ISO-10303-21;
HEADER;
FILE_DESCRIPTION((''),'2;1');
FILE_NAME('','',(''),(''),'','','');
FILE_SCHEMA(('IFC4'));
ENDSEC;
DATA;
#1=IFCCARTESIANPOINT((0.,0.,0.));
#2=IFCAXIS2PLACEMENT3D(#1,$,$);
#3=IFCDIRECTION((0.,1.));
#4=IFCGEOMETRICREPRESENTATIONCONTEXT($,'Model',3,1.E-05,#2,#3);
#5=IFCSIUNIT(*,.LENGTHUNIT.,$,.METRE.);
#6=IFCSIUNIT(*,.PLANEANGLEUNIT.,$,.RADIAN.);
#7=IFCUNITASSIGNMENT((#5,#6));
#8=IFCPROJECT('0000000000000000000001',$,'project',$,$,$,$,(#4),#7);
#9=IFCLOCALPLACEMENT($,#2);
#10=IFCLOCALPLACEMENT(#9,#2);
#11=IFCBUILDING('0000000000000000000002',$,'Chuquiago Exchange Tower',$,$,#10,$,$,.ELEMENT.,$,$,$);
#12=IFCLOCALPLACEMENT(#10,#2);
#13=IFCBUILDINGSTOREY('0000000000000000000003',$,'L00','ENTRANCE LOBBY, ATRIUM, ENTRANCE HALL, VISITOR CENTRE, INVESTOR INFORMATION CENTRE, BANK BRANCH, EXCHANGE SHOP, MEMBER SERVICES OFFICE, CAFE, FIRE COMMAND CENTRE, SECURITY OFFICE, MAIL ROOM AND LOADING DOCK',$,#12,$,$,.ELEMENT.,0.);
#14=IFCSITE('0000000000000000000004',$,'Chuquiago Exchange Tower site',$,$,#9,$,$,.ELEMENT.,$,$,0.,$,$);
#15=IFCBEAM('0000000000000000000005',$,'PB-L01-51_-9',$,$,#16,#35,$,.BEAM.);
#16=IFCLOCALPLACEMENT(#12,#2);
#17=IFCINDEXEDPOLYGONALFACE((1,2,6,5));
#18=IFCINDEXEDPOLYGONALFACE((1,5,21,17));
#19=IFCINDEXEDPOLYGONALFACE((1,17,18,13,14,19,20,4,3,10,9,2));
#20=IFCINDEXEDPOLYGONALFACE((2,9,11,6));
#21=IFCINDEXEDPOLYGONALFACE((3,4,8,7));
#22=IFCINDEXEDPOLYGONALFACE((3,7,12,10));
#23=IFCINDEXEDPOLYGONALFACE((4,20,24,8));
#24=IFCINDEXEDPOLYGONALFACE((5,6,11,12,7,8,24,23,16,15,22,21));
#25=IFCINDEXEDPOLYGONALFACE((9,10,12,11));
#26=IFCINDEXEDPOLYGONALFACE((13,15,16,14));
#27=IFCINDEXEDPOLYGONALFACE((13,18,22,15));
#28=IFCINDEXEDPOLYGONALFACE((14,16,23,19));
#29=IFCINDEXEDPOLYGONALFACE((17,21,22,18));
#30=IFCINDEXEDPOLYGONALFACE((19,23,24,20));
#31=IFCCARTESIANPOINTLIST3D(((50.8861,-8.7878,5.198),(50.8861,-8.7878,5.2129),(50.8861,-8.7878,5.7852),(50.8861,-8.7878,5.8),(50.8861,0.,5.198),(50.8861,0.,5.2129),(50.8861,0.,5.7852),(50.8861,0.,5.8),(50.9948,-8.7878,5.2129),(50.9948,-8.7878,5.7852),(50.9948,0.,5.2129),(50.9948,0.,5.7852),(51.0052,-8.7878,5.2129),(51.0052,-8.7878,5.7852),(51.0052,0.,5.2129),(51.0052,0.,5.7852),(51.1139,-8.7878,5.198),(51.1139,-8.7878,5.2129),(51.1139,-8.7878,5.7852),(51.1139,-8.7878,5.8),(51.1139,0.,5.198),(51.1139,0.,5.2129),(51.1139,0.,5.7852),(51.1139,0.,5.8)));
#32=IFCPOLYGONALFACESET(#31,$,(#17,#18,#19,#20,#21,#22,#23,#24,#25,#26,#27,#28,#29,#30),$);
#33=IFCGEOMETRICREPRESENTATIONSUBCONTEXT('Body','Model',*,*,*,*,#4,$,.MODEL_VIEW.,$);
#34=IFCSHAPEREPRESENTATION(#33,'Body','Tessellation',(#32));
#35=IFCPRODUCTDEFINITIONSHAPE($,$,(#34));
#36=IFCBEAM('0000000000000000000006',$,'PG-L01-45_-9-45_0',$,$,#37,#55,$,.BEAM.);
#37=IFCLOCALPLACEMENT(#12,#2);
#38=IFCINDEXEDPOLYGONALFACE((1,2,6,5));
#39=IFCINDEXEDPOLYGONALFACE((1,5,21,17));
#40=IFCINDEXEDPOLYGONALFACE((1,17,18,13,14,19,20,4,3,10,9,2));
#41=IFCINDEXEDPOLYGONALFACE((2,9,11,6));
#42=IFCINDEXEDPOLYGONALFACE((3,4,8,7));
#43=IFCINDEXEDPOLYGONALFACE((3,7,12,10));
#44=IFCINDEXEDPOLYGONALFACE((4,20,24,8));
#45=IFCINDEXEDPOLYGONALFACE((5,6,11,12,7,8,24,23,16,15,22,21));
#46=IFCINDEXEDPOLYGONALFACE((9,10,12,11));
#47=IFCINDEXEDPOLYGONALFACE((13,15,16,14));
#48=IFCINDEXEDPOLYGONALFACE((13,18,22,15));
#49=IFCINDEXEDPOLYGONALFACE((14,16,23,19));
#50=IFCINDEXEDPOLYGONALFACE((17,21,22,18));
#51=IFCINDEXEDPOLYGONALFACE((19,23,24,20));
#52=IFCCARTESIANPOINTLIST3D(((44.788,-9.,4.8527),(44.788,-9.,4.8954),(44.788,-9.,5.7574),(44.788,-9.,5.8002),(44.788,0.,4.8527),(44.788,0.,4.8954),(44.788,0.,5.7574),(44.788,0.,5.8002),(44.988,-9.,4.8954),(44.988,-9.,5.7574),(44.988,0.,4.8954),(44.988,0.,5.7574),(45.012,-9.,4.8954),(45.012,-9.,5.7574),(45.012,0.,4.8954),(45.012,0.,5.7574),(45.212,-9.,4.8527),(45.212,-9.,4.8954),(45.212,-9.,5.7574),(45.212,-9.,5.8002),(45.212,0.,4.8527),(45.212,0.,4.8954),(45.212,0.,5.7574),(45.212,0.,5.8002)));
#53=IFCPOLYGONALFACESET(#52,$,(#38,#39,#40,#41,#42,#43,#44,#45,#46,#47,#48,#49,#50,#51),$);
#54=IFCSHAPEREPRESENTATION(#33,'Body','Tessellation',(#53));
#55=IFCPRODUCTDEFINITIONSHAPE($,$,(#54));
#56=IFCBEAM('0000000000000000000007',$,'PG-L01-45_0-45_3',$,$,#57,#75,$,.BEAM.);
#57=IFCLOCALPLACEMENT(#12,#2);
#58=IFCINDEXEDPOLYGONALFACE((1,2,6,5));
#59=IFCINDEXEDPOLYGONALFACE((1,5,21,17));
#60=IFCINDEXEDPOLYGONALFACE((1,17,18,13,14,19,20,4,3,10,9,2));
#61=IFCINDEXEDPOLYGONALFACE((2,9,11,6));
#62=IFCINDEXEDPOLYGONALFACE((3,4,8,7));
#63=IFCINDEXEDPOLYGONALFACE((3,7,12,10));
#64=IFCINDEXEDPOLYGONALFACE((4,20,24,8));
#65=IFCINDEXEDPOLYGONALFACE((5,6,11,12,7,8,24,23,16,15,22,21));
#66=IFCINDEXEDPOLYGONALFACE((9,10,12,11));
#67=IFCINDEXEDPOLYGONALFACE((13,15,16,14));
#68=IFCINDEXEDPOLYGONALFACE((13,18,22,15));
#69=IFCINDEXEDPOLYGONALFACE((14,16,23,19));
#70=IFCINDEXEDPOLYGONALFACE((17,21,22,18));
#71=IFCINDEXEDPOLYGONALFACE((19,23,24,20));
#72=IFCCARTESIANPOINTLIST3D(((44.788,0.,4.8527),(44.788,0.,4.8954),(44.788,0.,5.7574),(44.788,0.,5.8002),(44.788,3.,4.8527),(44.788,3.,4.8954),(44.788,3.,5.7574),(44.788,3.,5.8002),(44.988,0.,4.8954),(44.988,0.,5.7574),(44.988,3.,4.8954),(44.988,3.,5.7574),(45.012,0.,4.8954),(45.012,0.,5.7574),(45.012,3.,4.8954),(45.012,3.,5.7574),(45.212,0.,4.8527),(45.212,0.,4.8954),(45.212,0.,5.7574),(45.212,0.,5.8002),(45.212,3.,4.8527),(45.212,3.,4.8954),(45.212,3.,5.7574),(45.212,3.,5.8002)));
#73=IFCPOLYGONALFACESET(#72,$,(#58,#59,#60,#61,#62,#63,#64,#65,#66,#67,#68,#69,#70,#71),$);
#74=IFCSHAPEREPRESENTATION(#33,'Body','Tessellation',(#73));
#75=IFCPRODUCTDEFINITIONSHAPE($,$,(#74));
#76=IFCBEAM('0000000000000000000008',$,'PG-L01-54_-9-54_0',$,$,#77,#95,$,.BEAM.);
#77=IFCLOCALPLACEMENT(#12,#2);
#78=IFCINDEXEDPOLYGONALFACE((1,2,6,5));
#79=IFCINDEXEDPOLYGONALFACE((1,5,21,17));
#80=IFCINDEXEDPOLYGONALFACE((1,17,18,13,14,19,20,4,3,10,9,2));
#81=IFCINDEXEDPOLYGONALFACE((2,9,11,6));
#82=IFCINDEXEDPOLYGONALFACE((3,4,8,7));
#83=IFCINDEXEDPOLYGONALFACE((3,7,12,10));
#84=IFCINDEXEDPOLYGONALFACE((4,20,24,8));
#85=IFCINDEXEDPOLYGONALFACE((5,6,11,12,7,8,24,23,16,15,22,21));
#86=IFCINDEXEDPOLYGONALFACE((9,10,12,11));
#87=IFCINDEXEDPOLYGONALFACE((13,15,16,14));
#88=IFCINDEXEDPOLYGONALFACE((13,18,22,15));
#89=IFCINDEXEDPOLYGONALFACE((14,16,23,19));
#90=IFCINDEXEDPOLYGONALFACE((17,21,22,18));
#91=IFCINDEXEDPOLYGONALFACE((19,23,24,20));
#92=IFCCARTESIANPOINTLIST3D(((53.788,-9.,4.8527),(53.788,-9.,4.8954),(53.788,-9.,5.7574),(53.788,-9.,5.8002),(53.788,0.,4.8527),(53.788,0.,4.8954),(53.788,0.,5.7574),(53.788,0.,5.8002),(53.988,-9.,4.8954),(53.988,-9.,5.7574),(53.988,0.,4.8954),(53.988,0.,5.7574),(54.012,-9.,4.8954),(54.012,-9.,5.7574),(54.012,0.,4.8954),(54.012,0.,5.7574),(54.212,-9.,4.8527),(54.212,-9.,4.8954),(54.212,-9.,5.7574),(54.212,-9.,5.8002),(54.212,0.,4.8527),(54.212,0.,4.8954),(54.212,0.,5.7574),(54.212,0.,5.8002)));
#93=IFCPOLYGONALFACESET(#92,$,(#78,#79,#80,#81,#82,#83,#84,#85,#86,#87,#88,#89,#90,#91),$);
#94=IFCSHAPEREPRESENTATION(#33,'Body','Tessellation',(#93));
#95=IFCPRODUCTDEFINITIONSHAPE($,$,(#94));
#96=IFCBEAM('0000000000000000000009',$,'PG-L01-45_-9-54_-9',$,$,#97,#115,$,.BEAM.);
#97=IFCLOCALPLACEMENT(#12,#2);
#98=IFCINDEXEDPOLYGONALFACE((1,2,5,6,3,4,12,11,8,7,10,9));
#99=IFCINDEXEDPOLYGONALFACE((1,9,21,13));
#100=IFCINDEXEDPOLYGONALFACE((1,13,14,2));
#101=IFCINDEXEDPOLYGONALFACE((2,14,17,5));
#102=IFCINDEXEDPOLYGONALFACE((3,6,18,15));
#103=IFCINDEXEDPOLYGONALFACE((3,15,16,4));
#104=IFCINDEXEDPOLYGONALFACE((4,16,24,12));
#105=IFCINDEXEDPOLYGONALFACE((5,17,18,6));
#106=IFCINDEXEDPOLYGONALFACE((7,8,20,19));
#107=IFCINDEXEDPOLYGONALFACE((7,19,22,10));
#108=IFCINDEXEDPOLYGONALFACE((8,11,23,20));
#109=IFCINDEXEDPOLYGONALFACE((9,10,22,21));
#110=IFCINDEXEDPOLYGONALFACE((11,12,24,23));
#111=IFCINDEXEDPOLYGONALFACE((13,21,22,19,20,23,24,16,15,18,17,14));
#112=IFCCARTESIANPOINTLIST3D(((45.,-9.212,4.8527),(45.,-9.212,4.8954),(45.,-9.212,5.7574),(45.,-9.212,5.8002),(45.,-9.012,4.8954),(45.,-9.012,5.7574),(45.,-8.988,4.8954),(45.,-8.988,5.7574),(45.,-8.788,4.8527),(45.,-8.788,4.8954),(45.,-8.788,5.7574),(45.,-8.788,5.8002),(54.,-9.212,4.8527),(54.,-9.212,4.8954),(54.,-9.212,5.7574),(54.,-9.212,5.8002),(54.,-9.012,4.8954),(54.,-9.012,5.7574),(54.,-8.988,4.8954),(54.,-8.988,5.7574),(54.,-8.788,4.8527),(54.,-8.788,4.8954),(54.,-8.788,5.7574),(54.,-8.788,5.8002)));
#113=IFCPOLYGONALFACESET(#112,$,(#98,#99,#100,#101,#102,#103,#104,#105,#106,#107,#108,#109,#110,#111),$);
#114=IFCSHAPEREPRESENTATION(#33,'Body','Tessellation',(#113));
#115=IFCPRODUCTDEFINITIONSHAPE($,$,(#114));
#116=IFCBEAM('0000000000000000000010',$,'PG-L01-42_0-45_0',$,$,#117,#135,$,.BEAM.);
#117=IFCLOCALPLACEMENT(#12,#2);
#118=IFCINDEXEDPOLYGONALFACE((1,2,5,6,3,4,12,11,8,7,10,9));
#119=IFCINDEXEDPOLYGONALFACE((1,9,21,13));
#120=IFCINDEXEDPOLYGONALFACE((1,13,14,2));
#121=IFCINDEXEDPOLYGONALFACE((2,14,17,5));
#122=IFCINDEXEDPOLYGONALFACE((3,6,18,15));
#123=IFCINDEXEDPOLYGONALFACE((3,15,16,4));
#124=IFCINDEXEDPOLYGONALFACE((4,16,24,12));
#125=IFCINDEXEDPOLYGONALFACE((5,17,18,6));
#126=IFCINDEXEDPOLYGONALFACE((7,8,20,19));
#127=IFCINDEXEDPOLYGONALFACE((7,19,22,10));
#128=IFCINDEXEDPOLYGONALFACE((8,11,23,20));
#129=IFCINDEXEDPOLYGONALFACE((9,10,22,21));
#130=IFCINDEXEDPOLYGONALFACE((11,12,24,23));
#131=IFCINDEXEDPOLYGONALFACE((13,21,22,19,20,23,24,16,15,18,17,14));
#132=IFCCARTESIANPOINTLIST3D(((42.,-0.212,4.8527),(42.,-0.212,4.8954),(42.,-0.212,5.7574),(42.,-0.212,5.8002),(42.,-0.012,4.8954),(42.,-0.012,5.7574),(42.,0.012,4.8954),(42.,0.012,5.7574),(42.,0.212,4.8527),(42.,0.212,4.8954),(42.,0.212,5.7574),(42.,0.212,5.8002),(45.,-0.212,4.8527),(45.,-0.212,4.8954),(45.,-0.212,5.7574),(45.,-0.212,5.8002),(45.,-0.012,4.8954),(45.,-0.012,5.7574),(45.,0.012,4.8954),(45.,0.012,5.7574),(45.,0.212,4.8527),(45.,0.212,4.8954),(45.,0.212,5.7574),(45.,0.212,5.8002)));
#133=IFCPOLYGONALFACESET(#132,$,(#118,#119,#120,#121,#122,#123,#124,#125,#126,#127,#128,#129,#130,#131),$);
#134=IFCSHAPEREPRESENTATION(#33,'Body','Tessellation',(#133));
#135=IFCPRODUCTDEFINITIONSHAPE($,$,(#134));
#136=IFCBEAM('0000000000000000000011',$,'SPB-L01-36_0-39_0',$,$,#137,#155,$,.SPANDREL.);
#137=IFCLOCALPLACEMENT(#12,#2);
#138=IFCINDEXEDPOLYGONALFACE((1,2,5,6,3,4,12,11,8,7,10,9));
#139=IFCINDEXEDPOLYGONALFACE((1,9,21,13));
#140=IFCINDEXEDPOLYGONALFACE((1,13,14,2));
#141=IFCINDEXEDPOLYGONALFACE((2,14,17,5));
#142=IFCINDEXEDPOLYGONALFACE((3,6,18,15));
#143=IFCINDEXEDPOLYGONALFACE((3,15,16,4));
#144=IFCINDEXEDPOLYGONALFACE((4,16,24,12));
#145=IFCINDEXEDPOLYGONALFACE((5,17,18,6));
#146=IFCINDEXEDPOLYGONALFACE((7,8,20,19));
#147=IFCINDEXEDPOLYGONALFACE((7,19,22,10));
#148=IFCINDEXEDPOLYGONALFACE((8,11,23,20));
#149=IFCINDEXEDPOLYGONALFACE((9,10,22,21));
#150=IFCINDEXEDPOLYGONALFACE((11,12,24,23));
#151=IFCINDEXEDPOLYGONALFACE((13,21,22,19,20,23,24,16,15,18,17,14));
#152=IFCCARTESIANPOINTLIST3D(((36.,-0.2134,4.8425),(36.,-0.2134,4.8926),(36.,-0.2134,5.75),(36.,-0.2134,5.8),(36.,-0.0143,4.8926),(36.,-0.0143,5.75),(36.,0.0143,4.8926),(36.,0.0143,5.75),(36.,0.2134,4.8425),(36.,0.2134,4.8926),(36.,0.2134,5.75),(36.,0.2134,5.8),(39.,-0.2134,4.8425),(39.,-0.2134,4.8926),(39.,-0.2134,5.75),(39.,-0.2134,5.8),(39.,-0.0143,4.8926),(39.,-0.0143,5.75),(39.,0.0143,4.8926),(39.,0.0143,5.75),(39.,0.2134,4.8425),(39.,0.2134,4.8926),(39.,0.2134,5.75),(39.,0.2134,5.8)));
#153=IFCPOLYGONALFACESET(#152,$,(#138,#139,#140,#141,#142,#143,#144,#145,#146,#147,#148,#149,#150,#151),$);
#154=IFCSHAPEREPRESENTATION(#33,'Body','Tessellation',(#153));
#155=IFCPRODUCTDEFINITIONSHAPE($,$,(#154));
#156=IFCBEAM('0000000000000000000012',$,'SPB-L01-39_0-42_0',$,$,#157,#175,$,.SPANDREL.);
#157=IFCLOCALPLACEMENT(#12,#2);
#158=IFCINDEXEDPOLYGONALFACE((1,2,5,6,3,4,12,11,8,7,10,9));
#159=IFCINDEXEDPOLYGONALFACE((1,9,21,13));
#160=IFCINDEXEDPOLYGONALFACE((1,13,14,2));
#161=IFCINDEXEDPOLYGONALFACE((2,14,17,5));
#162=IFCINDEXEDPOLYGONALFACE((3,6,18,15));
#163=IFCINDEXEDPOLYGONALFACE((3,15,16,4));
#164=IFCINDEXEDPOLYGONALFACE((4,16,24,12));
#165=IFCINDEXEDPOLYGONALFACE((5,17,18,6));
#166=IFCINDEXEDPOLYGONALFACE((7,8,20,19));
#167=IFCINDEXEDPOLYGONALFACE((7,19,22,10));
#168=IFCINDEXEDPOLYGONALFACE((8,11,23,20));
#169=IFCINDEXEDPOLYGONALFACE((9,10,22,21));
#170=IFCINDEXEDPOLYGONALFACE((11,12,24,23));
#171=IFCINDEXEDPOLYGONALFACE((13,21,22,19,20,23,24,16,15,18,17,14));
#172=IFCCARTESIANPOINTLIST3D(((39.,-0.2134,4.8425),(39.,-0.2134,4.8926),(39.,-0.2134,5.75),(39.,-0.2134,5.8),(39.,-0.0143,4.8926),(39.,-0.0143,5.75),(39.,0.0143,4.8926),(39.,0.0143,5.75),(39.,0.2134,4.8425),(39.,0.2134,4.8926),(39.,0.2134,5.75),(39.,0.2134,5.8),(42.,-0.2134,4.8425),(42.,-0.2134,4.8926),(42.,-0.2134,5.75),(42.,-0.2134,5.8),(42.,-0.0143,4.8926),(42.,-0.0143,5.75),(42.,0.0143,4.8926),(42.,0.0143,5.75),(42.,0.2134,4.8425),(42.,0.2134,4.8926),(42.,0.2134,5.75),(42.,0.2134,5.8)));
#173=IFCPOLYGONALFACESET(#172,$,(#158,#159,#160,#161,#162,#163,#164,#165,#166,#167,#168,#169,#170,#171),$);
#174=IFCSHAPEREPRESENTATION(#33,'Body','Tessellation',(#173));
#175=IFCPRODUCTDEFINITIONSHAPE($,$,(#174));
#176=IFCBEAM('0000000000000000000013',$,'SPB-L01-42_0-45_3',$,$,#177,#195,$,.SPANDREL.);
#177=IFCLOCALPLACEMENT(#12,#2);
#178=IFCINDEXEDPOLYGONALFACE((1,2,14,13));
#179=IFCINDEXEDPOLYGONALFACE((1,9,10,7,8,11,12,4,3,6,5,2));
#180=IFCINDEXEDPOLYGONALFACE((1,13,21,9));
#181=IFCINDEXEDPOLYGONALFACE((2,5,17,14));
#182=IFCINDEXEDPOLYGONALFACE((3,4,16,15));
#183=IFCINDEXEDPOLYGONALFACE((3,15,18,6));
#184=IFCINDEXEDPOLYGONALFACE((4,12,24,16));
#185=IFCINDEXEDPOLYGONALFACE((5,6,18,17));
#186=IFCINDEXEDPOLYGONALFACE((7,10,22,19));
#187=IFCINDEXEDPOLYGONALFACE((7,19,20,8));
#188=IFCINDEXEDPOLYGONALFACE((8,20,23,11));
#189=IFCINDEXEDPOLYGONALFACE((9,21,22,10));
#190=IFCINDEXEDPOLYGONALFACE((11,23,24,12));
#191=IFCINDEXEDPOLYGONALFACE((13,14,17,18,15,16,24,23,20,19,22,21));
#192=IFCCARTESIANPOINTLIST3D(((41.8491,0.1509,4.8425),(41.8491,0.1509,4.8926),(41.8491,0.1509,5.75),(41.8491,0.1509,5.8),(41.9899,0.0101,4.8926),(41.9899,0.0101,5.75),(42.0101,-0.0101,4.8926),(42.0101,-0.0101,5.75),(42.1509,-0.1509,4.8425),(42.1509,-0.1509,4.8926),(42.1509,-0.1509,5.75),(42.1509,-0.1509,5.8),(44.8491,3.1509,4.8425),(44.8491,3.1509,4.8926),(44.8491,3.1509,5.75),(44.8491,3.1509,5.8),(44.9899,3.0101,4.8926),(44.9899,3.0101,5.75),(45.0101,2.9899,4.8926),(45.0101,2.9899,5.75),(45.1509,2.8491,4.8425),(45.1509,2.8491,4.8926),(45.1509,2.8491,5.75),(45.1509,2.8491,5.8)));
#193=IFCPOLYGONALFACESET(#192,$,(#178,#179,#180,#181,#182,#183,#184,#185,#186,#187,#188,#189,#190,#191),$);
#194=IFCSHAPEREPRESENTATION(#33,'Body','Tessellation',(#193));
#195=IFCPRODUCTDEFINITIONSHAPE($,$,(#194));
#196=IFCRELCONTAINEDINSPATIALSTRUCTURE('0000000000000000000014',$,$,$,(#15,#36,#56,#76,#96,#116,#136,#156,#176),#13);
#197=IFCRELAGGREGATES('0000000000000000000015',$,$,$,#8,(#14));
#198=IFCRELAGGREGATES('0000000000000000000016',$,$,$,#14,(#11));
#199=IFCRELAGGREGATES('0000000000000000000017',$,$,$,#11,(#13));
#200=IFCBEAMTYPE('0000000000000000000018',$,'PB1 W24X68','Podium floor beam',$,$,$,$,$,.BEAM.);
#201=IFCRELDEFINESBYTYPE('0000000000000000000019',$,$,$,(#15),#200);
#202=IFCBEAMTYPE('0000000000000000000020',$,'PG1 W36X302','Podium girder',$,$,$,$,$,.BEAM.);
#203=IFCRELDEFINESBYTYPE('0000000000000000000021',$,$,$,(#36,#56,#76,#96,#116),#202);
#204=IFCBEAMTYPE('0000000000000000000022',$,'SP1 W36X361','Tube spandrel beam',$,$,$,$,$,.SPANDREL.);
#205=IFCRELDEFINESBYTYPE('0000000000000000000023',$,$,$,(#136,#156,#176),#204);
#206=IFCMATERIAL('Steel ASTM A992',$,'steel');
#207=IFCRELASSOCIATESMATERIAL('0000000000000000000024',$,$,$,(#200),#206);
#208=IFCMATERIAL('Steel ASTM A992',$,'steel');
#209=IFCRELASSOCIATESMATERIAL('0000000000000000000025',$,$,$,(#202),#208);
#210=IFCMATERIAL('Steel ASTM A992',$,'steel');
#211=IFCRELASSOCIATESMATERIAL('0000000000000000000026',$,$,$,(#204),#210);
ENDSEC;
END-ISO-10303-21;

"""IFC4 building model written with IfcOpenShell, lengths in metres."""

from ifc_helpers import new_model, si_unit, direction, frame, origin, origin_2d, place, context, subcontext, project, spatial, i_section, extrude, material, material_profile, profile_set, type_object, element, save


model = new_model("IFC4")

# Units and contexts
model_context = context("Model", 3, precision=1e-05, world=origin(), true_north=direction((0.0, 1.0)))
body_context = subcontext(model_context, "Body", "Model", "MODEL_VIEW")
ifc_project = project(units=[si_unit("LENGTHUNIT", "METRE"), si_unit("PLANEANGLEUNIT", "RADIAN")], contexts=[model_context])

# Site, building, storey
site_placement = place(None, origin())
site = spatial("IfcSite", under=ifc_project, at=site_placement, Name="Chuquiago Exchange Tower site", CompositionType="ELEMENT", RefElevation=0.0)
building_placement = place(site_placement, origin())
building = spatial("IfcBuilding", under=site, at=building_placement, Name="Chuquiago Exchange Tower", CompositionType="ELEMENT")
storey_placement = place(building_placement, origin())
storey = spatial("IfcBuildingStorey", under=building, at=storey_placement, Name="L00", Description="ENTRANCE LOBBY, ATRIUM, ENTRANCE HALL, VISITOR CENTRE, INVESTOR INFORMATION CENTRE, BANK BRANCH, EXCHANGE SHOP, MEMBER SERVICES OFFICE, CAFE, FIRE COMMAND CENTRE, SECURITY OFFICE, MAIL ROOM AND LOADING DOCK", CompositionType="ELEMENT", Elevation=0.0)

# Beams
ifc_material_1 = material(Name="Steel ASTM A992", Category="steel")
ifc_material_profile_1 = material_profile(ifc_material_1, i_section(OverallWidth=0.2278, OverallDepth=0.6021, WebThickness=0.0105, FlangeThickness=0.0149, at=origin_2d()), Name="W24X68")
ifc_profile_set_1 = profile_set([ifc_material_profile_1], Name="Steel ASTM A992")
beam_type_1 = type_object("IfcBeamType", Name="PB1 W24X68", Description="Podium floor beam", PredefinedType="BEAM", material=ifc_profile_set_1)
for number, where, z_axis, x_axis, name in (
    (1, (51.0, -8.7878, 5.499), (0.0, 1.0, 0.0), (-1.0, 0.0, 0.0), "PB-L01-51_-9"),
):
    element("IfcBeam", number, at=place(storey_placement, frame(where, z_axis=z_axis, x_axis=x_axis)), inside=storey, type_object=beam_type_1, Name=name, PredefinedType="BEAM", context=body_context, shape_type="SweptSolid", body=[
        extrude(i_section(OverallWidth=0.2278, OverallDepth=0.6021, WebThickness=0.0105, FlangeThickness=0.0149, at=origin_2d()), origin(), (0.0, 0.0, 1.0), 8.7878),
    ])
ifc_material_2 = material(Name="Steel ASTM A992", Category="steel")
ifc_material_profile_2 = material_profile(ifc_material_2, i_section(OverallWidth=0.4241, OverallDepth=0.9475, WebThickness=0.0239, FlangeThickness=0.0427, at=origin_2d()), Name="W36X302")
ifc_profile_set_2 = profile_set([ifc_material_profile_2], Name="Steel ASTM A992")
beam_type_2 = type_object("IfcBeamType", Name="PG1 W36X302", Description="Podium girder", PredefinedType="BEAM", material=ifc_profile_set_2)
beam_1_placement = place(storey_placement, frame((45.0, -9.0, 5.3264), z_axis=(0.0, 1.0, 0.0), x_axis=(-1.0, 0.0, 0.0)))
element("IfcBeam", 2, at=beam_1_placement, inside=storey, type_object=beam_type_2, Name="PG-L01-45_-9-45_0", PredefinedType="BEAM", context=body_context, shape_type="SweptSolid", body=[
    extrude(i_section(OverallWidth=0.4241, OverallDepth=0.9475, WebThickness=0.0239, FlangeThickness=0.0427, at=origin_2d()), origin(), (0.0, 0.0, 1.0), 9.0),
])
beam_2_placement = place(storey_placement, frame((45.0, 0.0, 5.3264), z_axis=(0.0, 1.0, 0.0), x_axis=(-1.0, 0.0, 0.0)))
element("IfcBeam", 3, at=beam_2_placement, inside=storey, type_object=beam_type_2, Name="PG-L01-45_0-45_3", PredefinedType="BEAM", context=body_context, shape_type="SweptSolid", body=[
    extrude(i_section(OverallWidth=0.4241, OverallDepth=0.9475, WebThickness=0.0239, FlangeThickness=0.0427, at=origin_2d()), origin(), (0.0, 0.0, 1.0), 3.0),
])
for number, where, z_axis, x_axis, name in (
    (4, (54.0, -9.0, 5.3264), (0.0, 1.0, 0.0), (-1.0, 0.0, 0.0), "PG-L01-54_-9-54_0"),
    (5, (45.0, -9.0, 5.3264), (1.0, 0.0, 0.0), (0.0, 1.0, 0.0), "PG-L01-45_-9-54_-9"),
):
    element("IfcBeam", number, at=place(storey_placement, frame(where, z_axis=z_axis, x_axis=x_axis)), inside=storey, type_object=beam_type_2, Name=name, PredefinedType="BEAM", context=body_context, shape_type="SweptSolid", body=[
        extrude(i_section(OverallWidth=0.4241, OverallDepth=0.9475, WebThickness=0.0239, FlangeThickness=0.0427, at=origin_2d()), origin(), (0.0, 0.0, 1.0), 9.0),
    ])
beam_3_placement = place(storey_placement, frame((42.0, 0.0, 5.3264), z_axis=(1.0, 0.0, 0.0), x_axis=(0.0, 1.0, 0.0)))
element("IfcBeam", 6, at=beam_3_placement, inside=storey, type_object=beam_type_2, Name="PG-L01-42_0-45_0", PredefinedType="BEAM", context=body_context, shape_type="SweptSolid", body=[
    extrude(i_section(OverallWidth=0.4241, OverallDepth=0.9475, WebThickness=0.0239, FlangeThickness=0.0427, at=origin_2d()), origin(), (0.0, 0.0, 1.0), 3.0),
])
ifc_material_3 = material(Name="Steel ASTM A992", Category="steel")
ifc_material_profile_3 = material_profile(ifc_material_3, i_section(OverallWidth=0.4268, OverallDepth=0.9575, WebThickness=0.0286, FlangeThickness=0.05, at=origin_2d()), Name="W36X361")
ifc_profile_set_3 = profile_set([ifc_material_profile_3], Name="Steel ASTM A992")
beam_type_3 = type_object("IfcBeamType", Name="SP1 W36X361", Description="Tube spandrel beam", PredefinedType="SPANDREL", material=ifc_profile_set_3)
for number, where, z_axis, x_axis, name in (
    (7, (36.0, 0.0, 5.3213), (1.0, 0.0, 0.0), (0.0, 1.0, 0.0), "SPB-L01-36_0-39_0"),
    (8, (39.0, 0.0, 5.3213), (1.0, 0.0, 0.0), (0.0, 1.0, 0.0), "SPB-L01-39_0-42_0"),
):
    element("IfcBeam", number, at=place(storey_placement, frame(where, z_axis=z_axis, x_axis=x_axis)), inside=storey, type_object=beam_type_3, Name=name, PredefinedType="SPANDREL", context=body_context, shape_type="SweptSolid", body=[
        extrude(i_section(OverallWidth=0.4268, OverallDepth=0.9575, WebThickness=0.0286, FlangeThickness=0.05, at=origin_2d()), origin(), (0.0, 0.0, 1.0), 3.0),
    ])
beam_4_placement = place(storey_placement, frame((42.0, 0.0, 5.3213), z_axis=(0.707107, 0.707107, 0.0), x_axis=(-0.707107, 0.707107, 0.0)))
element("IfcBeam", 9, at=beam_4_placement, inside=storey, type_object=beam_type_3, Name="SPB-L01-42_0-45_3", PredefinedType="SPANDREL", context=body_context, shape_type="SweptSolid", body=[
    extrude(i_section(OverallWidth=0.4268, OverallDepth=0.9575, WebThickness=0.0286, FlangeThickness=0.05, at=origin_2d()), origin(), (0.0, 0.0, 1.0), 4.2427),
])

save(model, "model.ifc")
